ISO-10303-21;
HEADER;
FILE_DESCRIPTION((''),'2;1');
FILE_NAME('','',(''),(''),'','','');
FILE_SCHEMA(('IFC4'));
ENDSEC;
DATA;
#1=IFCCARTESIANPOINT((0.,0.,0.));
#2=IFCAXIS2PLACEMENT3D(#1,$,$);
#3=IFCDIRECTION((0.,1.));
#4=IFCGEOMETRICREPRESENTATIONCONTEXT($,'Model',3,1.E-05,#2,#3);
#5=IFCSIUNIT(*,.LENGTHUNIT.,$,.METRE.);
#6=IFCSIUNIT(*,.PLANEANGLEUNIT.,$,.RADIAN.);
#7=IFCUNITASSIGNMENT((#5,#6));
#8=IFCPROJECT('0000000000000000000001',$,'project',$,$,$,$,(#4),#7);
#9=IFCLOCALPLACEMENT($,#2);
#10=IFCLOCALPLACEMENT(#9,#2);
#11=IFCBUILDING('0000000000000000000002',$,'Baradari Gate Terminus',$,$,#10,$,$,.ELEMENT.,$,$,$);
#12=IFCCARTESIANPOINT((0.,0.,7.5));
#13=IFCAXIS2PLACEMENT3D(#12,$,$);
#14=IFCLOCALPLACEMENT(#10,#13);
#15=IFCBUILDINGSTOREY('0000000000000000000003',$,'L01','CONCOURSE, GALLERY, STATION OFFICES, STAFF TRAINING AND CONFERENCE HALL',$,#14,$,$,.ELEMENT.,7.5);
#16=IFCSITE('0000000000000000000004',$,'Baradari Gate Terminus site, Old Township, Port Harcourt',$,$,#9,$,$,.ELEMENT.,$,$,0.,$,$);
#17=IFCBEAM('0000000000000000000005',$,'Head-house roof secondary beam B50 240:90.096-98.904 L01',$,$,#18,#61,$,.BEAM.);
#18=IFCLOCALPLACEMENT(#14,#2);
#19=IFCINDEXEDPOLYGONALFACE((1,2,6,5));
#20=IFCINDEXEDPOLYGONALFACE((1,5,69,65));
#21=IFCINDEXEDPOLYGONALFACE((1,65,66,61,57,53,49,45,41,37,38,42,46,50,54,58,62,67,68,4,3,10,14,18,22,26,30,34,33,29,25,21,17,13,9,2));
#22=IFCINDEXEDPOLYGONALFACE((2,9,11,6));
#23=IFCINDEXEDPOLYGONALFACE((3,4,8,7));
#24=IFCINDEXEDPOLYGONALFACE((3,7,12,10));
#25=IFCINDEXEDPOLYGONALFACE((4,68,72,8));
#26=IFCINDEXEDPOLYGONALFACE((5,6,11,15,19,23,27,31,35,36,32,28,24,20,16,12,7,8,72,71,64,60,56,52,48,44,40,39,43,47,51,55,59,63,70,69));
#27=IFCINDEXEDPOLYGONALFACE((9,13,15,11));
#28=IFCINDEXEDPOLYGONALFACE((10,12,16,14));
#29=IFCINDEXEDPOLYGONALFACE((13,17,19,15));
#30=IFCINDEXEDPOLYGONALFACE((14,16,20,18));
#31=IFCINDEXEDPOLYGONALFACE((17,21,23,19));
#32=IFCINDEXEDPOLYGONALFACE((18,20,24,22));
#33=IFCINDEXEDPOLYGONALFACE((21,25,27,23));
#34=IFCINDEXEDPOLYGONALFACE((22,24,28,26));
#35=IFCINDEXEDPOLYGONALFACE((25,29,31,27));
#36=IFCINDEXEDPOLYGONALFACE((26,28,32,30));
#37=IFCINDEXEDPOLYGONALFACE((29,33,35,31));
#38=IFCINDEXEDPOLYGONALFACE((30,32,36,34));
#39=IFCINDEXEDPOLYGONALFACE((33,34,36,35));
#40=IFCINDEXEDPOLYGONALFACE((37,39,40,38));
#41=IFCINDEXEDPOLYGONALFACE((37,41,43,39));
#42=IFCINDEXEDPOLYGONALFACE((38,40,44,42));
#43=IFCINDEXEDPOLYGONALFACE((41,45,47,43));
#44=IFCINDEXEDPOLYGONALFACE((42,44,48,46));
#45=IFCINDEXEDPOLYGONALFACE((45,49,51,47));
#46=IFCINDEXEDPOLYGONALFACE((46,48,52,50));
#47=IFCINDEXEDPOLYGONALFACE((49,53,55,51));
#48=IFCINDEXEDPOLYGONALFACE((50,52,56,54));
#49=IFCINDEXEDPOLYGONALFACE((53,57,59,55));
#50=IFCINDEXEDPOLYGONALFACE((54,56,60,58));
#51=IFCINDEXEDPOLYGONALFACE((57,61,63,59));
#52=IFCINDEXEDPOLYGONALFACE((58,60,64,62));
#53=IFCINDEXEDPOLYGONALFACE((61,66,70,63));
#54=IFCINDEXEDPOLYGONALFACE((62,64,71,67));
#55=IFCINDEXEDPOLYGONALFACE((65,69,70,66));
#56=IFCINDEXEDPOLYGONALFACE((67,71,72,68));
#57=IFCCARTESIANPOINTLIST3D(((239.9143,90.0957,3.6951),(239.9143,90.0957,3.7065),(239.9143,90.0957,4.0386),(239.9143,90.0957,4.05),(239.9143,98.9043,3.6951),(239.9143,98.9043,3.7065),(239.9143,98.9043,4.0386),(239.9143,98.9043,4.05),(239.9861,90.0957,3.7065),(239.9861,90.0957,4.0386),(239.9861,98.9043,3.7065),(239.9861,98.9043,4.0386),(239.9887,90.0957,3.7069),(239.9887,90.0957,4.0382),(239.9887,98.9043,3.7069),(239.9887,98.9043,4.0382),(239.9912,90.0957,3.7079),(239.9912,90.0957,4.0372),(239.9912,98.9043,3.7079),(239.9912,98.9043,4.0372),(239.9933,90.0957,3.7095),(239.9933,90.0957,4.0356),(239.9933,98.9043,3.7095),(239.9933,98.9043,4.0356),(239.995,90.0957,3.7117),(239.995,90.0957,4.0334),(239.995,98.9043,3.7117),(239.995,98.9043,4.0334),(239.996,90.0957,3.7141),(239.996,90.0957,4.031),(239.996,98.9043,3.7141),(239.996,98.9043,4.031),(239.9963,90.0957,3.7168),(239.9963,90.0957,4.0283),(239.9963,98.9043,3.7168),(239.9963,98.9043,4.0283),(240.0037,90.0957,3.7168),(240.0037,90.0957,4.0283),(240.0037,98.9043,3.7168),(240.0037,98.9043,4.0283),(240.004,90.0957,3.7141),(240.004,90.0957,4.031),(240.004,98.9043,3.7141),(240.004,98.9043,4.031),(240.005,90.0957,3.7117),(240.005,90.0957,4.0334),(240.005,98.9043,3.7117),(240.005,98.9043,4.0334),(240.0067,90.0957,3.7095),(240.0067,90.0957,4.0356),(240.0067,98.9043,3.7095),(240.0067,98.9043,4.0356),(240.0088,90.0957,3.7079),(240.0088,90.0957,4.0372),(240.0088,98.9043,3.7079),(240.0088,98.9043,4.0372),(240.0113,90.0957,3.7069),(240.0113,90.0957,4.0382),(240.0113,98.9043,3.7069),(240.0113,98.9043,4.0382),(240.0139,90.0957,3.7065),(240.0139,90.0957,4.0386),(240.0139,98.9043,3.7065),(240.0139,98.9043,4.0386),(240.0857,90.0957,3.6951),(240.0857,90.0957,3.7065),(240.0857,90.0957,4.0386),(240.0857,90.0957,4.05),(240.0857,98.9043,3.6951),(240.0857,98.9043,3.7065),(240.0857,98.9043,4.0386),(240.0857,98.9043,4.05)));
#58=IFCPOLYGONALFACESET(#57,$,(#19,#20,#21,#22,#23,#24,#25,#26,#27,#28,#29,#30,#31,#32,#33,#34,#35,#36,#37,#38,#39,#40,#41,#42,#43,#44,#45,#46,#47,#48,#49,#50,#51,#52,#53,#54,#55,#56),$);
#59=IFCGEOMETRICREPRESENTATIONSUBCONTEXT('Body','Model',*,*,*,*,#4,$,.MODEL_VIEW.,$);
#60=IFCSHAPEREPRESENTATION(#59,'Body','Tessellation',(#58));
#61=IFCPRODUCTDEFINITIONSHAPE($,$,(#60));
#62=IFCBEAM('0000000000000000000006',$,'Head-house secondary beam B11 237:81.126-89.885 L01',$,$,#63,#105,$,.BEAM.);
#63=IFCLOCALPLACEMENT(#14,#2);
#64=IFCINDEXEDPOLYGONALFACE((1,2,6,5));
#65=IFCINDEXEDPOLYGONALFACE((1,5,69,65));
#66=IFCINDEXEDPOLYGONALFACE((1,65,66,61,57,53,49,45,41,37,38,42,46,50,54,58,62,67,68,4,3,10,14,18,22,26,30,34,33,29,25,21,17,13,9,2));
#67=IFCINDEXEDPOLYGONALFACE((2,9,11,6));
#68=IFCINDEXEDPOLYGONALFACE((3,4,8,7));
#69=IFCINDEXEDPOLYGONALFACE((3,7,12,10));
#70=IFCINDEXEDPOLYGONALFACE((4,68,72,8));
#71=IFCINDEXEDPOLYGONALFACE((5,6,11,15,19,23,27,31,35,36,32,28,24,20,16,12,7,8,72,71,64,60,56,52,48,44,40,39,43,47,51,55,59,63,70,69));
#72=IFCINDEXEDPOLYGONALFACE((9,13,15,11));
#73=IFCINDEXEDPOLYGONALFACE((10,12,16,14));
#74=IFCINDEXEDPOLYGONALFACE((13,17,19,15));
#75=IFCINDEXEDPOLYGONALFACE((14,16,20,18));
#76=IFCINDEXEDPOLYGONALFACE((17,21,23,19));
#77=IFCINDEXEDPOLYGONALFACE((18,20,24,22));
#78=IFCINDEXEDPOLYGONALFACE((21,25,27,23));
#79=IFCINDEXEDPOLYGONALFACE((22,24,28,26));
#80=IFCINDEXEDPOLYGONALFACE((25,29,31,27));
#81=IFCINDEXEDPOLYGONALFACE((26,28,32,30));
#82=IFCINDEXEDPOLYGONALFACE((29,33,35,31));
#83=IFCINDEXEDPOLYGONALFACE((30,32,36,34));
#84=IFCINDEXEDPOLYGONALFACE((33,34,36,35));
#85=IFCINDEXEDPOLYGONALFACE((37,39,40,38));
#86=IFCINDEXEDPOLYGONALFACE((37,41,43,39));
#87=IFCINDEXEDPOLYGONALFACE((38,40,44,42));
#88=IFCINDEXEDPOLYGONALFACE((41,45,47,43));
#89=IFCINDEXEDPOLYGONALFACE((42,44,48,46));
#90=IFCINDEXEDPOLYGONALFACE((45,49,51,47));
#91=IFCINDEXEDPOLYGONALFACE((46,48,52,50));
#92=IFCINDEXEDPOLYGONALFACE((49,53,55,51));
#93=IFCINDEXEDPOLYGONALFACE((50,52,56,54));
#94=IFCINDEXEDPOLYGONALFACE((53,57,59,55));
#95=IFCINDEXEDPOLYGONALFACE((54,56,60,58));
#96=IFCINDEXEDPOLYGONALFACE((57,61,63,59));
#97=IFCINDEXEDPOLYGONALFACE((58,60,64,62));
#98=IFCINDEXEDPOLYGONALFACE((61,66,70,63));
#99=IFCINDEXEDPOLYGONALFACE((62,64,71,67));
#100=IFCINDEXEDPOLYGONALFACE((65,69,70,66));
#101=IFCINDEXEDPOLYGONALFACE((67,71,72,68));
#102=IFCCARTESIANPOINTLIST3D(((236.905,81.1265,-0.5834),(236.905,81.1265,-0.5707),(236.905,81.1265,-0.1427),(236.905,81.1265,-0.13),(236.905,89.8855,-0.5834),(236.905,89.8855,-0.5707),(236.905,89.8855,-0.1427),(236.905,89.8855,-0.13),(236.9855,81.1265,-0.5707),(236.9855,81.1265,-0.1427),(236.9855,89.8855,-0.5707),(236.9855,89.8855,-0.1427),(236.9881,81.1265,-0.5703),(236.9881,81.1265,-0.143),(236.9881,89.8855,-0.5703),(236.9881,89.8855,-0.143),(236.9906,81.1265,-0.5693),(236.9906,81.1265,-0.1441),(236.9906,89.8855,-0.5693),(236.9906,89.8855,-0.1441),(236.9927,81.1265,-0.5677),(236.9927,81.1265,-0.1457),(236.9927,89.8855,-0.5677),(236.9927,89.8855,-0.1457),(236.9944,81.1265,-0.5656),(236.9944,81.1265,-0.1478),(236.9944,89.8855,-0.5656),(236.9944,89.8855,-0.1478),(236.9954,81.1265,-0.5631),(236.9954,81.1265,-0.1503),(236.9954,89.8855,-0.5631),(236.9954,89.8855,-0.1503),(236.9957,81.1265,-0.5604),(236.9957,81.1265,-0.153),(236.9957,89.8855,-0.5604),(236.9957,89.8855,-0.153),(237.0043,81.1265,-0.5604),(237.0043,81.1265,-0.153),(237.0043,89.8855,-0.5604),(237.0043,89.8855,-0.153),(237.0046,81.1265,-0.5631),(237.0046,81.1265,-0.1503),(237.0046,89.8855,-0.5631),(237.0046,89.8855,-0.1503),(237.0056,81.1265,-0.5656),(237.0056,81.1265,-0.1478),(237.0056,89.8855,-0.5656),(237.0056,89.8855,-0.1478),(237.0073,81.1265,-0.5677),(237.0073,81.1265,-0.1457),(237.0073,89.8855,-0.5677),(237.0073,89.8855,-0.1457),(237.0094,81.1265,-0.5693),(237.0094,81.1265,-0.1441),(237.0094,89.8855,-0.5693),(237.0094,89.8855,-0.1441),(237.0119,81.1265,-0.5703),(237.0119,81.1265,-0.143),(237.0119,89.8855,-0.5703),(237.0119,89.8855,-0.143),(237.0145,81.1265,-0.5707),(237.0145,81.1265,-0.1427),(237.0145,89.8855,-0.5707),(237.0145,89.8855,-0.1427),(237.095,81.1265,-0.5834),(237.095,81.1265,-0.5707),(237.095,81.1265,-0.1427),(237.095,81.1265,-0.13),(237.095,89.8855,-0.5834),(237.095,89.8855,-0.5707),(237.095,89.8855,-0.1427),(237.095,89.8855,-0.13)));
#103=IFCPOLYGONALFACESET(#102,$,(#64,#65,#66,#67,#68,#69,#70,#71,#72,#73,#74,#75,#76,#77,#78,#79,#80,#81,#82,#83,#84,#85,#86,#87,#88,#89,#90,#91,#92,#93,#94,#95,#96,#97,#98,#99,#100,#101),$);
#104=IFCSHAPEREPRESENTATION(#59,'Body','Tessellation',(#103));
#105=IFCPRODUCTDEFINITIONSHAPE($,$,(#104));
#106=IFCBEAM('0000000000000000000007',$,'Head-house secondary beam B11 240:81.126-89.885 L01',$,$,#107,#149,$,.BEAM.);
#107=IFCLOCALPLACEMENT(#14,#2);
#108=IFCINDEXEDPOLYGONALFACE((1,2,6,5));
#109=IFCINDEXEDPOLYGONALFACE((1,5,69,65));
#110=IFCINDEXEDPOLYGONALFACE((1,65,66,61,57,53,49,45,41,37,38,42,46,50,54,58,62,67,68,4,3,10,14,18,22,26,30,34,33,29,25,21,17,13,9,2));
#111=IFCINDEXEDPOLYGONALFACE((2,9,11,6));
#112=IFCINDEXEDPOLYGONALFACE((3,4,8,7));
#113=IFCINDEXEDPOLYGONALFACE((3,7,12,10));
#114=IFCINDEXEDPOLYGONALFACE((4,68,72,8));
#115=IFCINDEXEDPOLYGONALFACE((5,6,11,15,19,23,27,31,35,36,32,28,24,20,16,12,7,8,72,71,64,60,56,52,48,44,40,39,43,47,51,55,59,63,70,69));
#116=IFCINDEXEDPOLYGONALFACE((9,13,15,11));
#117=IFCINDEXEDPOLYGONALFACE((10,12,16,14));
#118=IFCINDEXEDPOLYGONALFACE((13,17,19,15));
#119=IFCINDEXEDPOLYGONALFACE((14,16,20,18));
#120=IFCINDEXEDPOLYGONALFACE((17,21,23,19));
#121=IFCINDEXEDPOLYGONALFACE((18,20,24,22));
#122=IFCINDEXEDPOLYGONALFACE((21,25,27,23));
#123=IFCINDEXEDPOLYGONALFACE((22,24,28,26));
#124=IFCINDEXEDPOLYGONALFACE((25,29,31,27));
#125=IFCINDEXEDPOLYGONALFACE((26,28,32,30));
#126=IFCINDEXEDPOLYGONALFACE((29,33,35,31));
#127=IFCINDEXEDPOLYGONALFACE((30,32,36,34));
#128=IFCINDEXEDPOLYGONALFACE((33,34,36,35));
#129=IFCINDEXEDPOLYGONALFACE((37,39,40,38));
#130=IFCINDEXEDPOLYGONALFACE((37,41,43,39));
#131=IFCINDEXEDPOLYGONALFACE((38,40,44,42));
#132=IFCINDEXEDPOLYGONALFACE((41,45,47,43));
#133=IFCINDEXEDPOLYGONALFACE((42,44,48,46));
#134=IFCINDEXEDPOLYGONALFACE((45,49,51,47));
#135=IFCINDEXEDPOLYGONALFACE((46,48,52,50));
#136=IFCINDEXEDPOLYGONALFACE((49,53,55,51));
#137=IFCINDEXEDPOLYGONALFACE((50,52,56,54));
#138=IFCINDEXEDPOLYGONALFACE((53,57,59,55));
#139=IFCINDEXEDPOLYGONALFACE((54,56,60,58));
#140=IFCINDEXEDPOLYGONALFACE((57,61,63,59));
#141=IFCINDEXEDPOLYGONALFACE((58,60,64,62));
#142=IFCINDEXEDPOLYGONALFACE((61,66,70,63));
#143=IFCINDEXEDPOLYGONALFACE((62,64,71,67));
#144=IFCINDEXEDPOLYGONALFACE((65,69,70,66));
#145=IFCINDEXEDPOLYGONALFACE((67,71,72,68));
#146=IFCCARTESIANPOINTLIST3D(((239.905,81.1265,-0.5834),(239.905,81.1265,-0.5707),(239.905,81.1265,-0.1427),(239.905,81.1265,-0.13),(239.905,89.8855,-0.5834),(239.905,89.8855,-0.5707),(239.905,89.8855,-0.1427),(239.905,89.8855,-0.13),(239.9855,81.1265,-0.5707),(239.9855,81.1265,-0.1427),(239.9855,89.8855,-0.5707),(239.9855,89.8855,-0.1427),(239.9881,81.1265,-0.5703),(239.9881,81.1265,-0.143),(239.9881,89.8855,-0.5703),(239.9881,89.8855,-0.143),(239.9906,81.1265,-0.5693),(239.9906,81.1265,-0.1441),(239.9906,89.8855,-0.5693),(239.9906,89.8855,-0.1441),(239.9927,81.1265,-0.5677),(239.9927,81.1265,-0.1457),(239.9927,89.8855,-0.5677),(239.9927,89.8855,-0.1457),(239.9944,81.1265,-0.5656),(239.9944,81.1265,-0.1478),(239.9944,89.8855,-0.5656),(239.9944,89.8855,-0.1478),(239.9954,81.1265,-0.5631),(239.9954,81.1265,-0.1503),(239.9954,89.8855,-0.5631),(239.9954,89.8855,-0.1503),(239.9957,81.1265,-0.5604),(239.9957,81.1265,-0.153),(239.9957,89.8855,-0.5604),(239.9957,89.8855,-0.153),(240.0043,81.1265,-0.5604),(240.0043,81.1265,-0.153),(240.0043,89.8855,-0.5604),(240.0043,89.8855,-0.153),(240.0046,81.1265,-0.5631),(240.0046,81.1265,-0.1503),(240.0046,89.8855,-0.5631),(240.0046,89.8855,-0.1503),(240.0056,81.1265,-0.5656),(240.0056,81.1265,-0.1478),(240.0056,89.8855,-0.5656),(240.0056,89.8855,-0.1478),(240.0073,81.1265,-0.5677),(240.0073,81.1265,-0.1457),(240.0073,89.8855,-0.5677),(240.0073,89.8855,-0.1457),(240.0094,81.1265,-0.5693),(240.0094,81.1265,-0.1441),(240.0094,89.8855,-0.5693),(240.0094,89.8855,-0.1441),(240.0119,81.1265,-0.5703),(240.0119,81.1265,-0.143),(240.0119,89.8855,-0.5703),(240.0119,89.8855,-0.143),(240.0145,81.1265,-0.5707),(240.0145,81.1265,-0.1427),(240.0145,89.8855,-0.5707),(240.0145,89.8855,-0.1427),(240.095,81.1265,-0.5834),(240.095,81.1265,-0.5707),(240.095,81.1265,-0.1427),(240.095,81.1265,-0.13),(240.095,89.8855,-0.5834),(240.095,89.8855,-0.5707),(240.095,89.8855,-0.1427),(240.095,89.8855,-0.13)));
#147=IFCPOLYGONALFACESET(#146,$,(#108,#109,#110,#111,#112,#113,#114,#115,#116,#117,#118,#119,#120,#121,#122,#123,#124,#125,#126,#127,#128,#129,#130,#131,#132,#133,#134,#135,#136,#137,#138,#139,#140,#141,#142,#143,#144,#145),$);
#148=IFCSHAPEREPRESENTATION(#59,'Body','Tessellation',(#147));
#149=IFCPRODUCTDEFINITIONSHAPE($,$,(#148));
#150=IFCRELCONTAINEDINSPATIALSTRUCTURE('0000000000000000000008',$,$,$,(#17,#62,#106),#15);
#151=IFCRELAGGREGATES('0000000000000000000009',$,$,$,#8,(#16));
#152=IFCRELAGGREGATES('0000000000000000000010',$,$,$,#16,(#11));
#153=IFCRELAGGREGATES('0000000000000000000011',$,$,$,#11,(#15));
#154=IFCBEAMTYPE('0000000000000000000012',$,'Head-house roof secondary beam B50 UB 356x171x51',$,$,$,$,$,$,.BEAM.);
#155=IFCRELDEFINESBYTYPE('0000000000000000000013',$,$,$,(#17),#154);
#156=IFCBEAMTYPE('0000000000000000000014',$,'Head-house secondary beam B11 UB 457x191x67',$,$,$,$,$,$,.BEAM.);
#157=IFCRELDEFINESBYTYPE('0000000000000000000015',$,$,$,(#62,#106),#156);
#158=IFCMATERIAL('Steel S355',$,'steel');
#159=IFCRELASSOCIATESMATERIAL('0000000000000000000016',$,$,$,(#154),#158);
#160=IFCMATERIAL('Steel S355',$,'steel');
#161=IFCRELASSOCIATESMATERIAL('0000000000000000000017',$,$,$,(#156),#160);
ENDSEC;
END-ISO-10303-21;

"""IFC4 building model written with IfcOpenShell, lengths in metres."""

from ifc_helpers import new_model, si_unit, direction, frame, origin, origin_2d, place, context, subcontext, project, spatial, i_section, extrude, material, material_profile, profile_set, type_object, element, save


model = new_model("IFC4")

# Units and contexts
model_context = context("Model", 3, precision=1e-05, world=origin(), true_north=direction((0.0, 1.0)))
body_context = subcontext(model_context, "Body", "Model", "MODEL_VIEW")
ifc_project = project(units=[si_unit("LENGTHUNIT", "METRE"), si_unit("PLANEANGLEUNIT", "RADIAN")], contexts=[model_context])

# Site, building, storey
site_placement = place(None, origin())
site = spatial("IfcSite", under=ifc_project, at=site_placement, Name="Baradari Gate Terminus site, Old Township, Port Harcourt", CompositionType="ELEMENT", RefElevation=0.0)
building_placement = place(site_placement, origin())
building = spatial("IfcBuilding", under=site, at=building_placement, Name="Baradari Gate Terminus", CompositionType="ELEMENT")
storey_placement = place(building_placement, frame((0.0, 0.0, 7.5)))
storey = spatial("IfcBuildingStorey", under=building, at=storey_placement, Name="L01", Description="CONCOURSE, GALLERY, STATION OFFICES, STAFF TRAINING AND CONFERENCE HALL", CompositionType="ELEMENT", Elevation=7.5)

# Beams
ifc_material_1 = material(Name="Steel S355", Category="steel")
ifc_material_profile_1 = material_profile(ifc_material_1, i_section(OverallWidth=0.1714, OverallDepth=0.355, WebThickness=0.0073, FlangeThickness=0.0115, FilletRadius=0.0103, at=origin_2d()), Name="UB 356x171x51")
ifc_profile_set_1 = profile_set([ifc_material_profile_1], Name="Steel S355")
beam_type_1 = type_object("IfcBeamType", Name="Head-house roof secondary beam B50 UB 356x171x51", PredefinedType="BEAM", material=ifc_profile_set_1)
beam_1_placement = place(storey_placement, frame((240.0, 90.0957, 3.8726), z_axis=(0.0, 1.0, 0.0), x_axis=(-1.0, 0.0, 0.0)))
element("IfcBeam", 1, at=beam_1_placement, inside=storey, type_object=beam_type_1, Name="Head-house roof secondary beam B50 240:90.096-98.904 L01", PredefinedType="BEAM", context=body_context, shape_type="SweptSolid", body=[
    extrude(i_section(OverallWidth=0.1714, OverallDepth=0.355, WebThickness=0.0073, FlangeThickness=0.0115, FilletRadius=0.0103, at=origin_2d()), origin(), (0.0, 0.0, 1.0), 8.8086),
])
ifc_material_2 = material(Name="Steel S355", Category="steel")
ifc_material_profile_2 = material_profile(ifc_material_2, i_section(OverallWidth=0.1899, OverallDepth=0.4534, WebThickness=0.0085, FlangeThickness=0.0127, FilletRadius=0.0103, at=origin_2d()), Name="UB 457x191x67")
ifc_profile_set_2 = profile_set([ifc_material_profile_2], Name="Steel S355")
beam_type_2 = type_object("IfcBeamType", Name="Head-house secondary beam B11 UB 457x191x67", PredefinedType="BEAM", material=ifc_profile_set_2)
for number, where, z_axis, x_axis, name in (
    (2, (237.0, 81.1265, -0.3567), (0.0, 1.0, 0.0), (-1.0, 0.0, 0.0), "Head-house secondary beam B11 237:81.126-89.885 L01"),
    (3, (240.0, 81.1265, -0.3567), (0.0, 1.0, 0.0), (-1.0, 0.0, 0.0), "Head-house secondary beam B11 240:81.126-89.885 L01"),
):
    element("IfcBeam", number, at=place(storey_placement, frame(where, z_axis=z_axis, x_axis=x_axis)), inside=storey, type_object=beam_type_2, Name=name, PredefinedType="BEAM", context=body_context, shape_type="SweptSolid", body=[
        extrude(i_section(OverallWidth=0.1899, OverallDepth=0.4534, WebThickness=0.0085, FlangeThickness=0.0127, FilletRadius=0.0103, at=origin_2d()), origin(), (0.0, 0.0, 1.0), 8.759),
    ])

save(model, "model.ifc")
